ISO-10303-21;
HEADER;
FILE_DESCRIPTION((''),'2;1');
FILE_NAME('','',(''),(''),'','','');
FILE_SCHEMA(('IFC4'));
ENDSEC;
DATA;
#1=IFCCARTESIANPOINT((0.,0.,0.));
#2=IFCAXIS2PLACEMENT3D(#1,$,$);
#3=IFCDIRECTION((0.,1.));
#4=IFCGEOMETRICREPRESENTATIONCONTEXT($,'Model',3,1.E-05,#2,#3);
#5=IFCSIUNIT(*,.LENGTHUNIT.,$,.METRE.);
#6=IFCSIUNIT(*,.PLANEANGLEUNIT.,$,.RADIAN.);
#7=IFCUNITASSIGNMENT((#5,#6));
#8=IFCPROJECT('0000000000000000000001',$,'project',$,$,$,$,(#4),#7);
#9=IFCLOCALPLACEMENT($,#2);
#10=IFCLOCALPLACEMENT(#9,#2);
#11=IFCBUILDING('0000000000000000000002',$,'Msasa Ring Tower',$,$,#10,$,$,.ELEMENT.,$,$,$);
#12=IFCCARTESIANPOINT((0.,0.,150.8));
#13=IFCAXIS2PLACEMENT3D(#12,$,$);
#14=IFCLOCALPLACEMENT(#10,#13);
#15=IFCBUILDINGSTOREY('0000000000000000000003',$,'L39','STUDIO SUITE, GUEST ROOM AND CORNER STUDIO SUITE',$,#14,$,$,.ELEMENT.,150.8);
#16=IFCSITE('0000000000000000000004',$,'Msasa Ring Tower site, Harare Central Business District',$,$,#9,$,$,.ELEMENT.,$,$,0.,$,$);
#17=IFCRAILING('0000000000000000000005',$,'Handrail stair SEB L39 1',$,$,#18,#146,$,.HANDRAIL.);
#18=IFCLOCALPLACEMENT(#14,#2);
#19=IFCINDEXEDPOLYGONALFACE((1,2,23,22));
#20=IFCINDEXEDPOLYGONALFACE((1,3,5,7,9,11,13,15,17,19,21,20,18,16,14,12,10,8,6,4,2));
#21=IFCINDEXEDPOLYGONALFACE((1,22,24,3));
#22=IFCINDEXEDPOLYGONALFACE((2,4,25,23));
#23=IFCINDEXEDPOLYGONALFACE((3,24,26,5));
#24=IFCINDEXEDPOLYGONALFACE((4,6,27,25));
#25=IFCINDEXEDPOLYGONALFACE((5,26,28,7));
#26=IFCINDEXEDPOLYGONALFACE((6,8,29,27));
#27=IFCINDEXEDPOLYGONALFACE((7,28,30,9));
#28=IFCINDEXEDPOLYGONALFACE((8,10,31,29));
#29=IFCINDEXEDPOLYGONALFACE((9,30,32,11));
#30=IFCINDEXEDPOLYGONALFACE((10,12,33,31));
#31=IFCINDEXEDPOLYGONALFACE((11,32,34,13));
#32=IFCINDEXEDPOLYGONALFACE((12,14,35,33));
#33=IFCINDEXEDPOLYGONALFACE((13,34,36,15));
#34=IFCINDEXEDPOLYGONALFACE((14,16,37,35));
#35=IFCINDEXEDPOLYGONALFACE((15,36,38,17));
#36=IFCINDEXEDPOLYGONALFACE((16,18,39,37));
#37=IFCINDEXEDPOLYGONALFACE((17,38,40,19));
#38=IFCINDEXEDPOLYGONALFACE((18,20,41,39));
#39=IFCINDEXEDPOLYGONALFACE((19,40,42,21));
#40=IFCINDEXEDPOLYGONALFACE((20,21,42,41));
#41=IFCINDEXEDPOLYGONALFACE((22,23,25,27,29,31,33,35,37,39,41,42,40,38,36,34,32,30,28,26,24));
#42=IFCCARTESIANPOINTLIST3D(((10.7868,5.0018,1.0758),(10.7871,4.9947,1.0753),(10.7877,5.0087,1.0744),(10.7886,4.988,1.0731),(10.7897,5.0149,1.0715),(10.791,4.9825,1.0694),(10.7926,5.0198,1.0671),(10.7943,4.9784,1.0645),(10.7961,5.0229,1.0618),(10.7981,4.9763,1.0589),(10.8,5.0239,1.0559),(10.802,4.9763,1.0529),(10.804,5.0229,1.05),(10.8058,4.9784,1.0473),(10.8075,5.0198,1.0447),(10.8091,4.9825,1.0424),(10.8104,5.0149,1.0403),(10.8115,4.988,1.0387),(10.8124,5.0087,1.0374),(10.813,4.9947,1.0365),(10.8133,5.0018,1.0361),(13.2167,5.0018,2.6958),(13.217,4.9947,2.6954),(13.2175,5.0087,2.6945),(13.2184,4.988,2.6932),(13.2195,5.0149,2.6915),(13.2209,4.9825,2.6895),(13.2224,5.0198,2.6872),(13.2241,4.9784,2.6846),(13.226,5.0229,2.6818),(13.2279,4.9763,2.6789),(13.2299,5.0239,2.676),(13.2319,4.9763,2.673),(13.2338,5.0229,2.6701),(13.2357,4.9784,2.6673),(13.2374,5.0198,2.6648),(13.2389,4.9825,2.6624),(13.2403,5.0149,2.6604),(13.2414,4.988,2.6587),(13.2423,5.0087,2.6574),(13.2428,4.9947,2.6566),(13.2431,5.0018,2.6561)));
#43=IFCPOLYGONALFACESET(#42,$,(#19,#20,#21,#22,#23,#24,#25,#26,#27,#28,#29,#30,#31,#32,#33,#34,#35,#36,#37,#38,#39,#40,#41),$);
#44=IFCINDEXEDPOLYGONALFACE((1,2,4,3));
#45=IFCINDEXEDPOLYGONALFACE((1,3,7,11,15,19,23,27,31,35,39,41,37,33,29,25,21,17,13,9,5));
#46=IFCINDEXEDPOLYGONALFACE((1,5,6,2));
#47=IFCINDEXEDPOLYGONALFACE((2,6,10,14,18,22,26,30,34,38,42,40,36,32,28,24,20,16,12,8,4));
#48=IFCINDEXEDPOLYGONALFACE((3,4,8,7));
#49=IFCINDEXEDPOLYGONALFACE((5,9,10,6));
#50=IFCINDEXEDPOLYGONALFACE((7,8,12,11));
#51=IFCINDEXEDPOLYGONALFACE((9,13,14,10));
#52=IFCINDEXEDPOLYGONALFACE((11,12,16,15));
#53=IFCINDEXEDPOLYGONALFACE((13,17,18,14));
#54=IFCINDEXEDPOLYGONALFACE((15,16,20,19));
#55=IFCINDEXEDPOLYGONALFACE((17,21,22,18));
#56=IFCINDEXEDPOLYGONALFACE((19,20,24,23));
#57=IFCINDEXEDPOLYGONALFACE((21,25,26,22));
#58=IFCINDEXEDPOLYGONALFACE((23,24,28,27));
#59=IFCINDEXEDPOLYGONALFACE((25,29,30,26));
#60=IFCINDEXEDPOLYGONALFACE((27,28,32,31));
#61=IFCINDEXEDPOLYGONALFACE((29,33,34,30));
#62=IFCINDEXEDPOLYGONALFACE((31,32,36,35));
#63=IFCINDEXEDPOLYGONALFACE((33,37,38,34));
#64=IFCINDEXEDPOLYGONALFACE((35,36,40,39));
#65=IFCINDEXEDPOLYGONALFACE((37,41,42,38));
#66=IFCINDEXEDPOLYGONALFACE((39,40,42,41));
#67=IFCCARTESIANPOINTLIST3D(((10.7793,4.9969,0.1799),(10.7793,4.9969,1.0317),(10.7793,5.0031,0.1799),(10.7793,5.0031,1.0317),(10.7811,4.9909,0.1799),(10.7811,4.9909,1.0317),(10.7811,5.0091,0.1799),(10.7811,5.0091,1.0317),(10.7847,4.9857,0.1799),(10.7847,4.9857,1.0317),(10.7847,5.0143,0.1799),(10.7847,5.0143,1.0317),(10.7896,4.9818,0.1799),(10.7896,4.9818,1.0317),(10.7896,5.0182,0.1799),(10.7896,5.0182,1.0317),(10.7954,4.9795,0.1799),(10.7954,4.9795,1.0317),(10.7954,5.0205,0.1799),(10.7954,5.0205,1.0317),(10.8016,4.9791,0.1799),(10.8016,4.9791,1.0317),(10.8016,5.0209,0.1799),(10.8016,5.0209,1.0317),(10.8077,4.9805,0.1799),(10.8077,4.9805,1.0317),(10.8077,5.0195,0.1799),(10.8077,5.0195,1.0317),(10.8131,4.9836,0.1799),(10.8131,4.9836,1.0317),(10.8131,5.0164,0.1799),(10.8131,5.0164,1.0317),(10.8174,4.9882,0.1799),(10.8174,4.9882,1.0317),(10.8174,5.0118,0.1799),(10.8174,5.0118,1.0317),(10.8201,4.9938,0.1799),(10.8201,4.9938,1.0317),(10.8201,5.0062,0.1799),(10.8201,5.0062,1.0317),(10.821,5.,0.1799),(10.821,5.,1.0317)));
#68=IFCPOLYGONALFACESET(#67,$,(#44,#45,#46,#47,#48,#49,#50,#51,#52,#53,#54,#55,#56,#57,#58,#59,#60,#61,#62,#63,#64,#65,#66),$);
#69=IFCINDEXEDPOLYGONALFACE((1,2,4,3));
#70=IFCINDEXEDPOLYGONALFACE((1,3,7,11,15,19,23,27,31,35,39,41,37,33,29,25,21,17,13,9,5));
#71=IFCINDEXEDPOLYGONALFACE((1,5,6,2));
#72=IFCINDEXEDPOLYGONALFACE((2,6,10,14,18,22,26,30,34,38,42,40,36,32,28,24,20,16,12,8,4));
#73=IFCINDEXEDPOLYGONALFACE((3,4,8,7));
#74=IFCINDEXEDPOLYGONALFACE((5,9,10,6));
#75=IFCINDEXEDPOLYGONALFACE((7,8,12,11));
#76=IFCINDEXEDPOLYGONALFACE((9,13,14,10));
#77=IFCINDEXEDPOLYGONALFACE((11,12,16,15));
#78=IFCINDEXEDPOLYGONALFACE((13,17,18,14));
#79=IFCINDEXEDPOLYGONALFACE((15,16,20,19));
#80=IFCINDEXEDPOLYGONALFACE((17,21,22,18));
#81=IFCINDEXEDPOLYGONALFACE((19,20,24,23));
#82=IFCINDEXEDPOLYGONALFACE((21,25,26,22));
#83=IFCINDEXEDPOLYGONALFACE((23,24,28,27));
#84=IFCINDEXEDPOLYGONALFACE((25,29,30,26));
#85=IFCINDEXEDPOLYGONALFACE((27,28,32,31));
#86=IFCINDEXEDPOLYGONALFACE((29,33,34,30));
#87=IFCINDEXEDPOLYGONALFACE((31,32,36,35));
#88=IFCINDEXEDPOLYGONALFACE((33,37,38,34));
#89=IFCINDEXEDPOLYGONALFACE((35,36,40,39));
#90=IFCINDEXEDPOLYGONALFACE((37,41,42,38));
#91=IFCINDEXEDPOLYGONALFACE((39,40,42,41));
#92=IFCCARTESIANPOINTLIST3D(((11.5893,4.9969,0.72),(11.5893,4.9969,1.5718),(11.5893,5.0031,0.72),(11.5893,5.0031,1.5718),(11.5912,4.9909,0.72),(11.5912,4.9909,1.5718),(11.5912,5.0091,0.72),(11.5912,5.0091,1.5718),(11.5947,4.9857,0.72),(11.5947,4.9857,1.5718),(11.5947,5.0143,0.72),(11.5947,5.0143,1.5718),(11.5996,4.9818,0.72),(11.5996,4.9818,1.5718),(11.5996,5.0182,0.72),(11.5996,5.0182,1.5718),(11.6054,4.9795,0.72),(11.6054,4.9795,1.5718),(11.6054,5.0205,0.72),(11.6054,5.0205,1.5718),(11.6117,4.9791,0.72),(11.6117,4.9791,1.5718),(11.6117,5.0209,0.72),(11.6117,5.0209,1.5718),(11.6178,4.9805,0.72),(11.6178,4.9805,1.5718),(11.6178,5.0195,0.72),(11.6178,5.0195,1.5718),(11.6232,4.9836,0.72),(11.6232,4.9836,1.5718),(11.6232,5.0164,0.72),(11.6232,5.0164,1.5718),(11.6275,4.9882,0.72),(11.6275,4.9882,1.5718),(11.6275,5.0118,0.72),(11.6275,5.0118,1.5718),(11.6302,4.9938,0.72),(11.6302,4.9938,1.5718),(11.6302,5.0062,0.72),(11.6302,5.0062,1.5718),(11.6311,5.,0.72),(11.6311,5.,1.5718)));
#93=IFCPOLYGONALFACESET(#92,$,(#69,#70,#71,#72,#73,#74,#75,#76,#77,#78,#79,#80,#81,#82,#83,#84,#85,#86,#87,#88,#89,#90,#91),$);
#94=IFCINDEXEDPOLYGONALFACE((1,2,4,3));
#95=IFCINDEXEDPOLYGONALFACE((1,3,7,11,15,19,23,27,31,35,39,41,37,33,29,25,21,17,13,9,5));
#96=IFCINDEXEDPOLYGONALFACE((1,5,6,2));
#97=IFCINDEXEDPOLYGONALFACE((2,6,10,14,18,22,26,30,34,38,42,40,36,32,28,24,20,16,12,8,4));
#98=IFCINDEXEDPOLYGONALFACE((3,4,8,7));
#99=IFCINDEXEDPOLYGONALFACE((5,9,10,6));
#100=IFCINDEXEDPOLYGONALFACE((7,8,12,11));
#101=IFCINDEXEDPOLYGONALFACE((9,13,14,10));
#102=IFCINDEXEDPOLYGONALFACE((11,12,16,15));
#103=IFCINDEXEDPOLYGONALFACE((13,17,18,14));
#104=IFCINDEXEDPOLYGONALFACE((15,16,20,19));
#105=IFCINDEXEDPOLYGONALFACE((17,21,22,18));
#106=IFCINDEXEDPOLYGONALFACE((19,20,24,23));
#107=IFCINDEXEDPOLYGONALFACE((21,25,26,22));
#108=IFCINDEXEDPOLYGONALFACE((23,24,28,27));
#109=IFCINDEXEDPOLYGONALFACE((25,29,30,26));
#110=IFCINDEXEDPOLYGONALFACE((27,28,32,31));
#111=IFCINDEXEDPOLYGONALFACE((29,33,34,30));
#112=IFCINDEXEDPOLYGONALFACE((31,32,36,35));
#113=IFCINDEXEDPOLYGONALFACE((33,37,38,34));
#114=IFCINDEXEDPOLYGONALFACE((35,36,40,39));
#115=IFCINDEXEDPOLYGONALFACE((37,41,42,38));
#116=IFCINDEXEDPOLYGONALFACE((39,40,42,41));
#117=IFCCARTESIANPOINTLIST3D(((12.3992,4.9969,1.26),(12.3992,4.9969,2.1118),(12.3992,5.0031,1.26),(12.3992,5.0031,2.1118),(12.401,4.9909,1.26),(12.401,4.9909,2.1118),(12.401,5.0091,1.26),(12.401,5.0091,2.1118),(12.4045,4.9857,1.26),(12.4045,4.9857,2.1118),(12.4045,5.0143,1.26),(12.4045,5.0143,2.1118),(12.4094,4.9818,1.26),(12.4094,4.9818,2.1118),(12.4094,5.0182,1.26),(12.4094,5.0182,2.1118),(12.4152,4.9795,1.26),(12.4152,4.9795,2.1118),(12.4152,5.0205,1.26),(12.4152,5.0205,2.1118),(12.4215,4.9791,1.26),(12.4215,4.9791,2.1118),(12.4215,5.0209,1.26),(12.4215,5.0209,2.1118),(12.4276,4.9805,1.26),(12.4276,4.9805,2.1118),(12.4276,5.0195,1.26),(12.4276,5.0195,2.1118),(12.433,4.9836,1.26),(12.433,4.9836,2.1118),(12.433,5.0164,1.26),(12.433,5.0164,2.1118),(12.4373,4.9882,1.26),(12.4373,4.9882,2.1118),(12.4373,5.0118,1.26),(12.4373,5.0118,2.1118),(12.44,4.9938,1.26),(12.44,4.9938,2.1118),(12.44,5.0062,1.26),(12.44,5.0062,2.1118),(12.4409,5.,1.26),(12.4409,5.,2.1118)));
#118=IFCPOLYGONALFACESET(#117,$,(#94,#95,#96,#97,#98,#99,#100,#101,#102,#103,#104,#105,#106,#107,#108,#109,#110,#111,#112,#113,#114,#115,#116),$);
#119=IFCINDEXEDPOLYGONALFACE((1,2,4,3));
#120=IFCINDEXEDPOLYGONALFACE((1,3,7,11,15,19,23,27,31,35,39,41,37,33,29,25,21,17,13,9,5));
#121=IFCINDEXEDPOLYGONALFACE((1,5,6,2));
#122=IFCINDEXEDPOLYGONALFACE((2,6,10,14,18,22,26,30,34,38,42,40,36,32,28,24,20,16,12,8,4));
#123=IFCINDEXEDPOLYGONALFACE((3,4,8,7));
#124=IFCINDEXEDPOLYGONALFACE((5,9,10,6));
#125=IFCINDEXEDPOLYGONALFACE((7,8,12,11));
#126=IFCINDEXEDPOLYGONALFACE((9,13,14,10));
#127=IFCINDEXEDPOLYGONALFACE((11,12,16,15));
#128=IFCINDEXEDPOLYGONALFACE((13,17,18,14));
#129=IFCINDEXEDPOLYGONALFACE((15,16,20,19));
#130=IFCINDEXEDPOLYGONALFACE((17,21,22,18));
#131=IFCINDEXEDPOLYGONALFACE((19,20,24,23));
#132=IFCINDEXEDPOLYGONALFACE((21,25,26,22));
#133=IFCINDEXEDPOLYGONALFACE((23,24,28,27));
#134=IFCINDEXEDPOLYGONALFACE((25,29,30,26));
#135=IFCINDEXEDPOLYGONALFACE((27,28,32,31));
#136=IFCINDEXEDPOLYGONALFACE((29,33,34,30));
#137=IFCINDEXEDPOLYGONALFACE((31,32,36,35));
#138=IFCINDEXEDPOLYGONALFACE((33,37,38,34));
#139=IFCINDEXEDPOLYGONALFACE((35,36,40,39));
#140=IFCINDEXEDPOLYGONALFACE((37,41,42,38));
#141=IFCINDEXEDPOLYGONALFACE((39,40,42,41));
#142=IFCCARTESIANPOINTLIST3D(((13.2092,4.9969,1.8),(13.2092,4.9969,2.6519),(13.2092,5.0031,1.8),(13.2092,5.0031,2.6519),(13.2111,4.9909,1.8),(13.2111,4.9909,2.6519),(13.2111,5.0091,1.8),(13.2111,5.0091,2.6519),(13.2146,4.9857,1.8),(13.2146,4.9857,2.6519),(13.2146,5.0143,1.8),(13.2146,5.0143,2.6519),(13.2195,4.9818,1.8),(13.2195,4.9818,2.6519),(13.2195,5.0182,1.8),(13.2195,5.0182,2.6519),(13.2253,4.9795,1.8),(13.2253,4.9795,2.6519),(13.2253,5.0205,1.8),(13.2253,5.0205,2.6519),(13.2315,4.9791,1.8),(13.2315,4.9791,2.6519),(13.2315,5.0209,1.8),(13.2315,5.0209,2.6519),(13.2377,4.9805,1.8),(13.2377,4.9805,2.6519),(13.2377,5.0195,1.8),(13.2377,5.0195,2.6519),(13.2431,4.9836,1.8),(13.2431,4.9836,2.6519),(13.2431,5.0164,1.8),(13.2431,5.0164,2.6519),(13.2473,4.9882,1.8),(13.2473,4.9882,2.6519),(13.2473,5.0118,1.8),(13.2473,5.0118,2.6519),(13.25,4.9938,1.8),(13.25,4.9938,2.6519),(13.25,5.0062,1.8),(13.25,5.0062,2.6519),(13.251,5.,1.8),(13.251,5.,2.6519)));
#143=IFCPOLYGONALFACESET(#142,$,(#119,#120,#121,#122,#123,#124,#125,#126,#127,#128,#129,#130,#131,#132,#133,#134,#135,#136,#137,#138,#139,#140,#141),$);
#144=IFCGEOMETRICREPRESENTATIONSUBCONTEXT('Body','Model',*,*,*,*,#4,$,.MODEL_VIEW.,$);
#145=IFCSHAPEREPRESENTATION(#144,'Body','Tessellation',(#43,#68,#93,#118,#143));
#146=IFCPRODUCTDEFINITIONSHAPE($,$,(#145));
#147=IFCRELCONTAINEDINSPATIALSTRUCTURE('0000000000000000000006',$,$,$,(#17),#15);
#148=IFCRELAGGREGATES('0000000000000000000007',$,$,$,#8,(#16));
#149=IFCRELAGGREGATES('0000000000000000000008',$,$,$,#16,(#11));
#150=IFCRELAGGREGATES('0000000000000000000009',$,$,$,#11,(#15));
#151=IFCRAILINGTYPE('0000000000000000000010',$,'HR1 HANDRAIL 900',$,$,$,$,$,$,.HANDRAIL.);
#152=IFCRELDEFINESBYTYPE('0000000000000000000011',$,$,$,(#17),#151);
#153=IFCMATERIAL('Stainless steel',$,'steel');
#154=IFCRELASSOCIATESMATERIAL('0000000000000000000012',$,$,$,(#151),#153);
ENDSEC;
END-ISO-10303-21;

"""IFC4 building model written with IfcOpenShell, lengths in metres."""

from ifc_helpers import new_model, si_unit, direction, frame, origin, origin_2d, place, context, subcontext, project, spatial, circle, extrude, material, type_object, element, save


model = new_model("IFC4")

# Units and contexts
model_context = context("Model", 3, precision=1e-05, world=origin(), true_north=direction((0.0, 1.0)))
body_context = subcontext(model_context, "Body", "Model", "MODEL_VIEW")
ifc_project = project(units=[si_unit("LENGTHUNIT", "METRE"), si_unit("PLANEANGLEUNIT", "RADIAN")], contexts=[model_context])

# Site, building, storey
site_placement = place(None, origin())
site = spatial("IfcSite", under=ifc_project, at=site_placement, Name="Msasa Ring Tower site, Harare Central Business District", CompositionType="ELEMENT", RefElevation=0.0)
building_placement = place(site_placement, origin())
building = spatial("IfcBuilding", under=site, at=building_placement, Name="Msasa Ring Tower", CompositionType="ELEMENT")
storey_placement = place(building_placement, frame((0.0, 0.0, 150.8)))
storey = spatial("IfcBuildingStorey", under=building, at=storey_placement, Name="L39", Description="STUDIO SUITE, GUEST ROOM AND CORNER STUDIO SUITE", CompositionType="ELEMENT", Elevation=150.8)

# Railing
ifc_material_1 = material(Name="Stainless steel", Category="steel")
railing_type = type_object("IfcRailingType", Name="HR1 HANDRAIL 900", PredefinedType="HANDRAIL", material=ifc_material_1)
for number, where, name in (
    (1, (10.8, 5.0, 0.1799), "Handrail stair SEB L39 1"),
):
    element("IfcRailing", number, at=place(storey_placement, frame(where)), inside=storey, type_object=railing_type, Name=name, PredefinedType="HANDRAIL", context=body_context, shape_type="SweptSolid", body=[
        extrude(circle(Radius=0.0239, at=origin_2d()), frame((0.0, 0.0, 0.876), z_axis=(0.832025, 0.0, 0.554739), x_axis=(0.0, 1.0, 0.0)), (0.0, 0.0, 1.0), 2.9204),
        extrude(circle(Radius=0.021, at=origin_2d()), origin(), (0.0, 0.0, 1.0), 0.8518),
        extrude(circle(Radius=0.021, at=origin_2d()), frame((0.8101, 0.0, 0.54)), (0.0, 0.0, 1.0), 0.8518),
        extrude(circle(Radius=0.021, at=origin_2d()), frame((1.6199, 0.0, 1.0801)), (0.0, 0.0, 1.0), 0.8518),
        extrude(circle(Radius=0.021, at=origin_2d()), frame((2.4299, 0.0, 1.6201)), (0.0, 0.0, 1.0), 0.8518),
    ])

save(model, "model.ifc")
